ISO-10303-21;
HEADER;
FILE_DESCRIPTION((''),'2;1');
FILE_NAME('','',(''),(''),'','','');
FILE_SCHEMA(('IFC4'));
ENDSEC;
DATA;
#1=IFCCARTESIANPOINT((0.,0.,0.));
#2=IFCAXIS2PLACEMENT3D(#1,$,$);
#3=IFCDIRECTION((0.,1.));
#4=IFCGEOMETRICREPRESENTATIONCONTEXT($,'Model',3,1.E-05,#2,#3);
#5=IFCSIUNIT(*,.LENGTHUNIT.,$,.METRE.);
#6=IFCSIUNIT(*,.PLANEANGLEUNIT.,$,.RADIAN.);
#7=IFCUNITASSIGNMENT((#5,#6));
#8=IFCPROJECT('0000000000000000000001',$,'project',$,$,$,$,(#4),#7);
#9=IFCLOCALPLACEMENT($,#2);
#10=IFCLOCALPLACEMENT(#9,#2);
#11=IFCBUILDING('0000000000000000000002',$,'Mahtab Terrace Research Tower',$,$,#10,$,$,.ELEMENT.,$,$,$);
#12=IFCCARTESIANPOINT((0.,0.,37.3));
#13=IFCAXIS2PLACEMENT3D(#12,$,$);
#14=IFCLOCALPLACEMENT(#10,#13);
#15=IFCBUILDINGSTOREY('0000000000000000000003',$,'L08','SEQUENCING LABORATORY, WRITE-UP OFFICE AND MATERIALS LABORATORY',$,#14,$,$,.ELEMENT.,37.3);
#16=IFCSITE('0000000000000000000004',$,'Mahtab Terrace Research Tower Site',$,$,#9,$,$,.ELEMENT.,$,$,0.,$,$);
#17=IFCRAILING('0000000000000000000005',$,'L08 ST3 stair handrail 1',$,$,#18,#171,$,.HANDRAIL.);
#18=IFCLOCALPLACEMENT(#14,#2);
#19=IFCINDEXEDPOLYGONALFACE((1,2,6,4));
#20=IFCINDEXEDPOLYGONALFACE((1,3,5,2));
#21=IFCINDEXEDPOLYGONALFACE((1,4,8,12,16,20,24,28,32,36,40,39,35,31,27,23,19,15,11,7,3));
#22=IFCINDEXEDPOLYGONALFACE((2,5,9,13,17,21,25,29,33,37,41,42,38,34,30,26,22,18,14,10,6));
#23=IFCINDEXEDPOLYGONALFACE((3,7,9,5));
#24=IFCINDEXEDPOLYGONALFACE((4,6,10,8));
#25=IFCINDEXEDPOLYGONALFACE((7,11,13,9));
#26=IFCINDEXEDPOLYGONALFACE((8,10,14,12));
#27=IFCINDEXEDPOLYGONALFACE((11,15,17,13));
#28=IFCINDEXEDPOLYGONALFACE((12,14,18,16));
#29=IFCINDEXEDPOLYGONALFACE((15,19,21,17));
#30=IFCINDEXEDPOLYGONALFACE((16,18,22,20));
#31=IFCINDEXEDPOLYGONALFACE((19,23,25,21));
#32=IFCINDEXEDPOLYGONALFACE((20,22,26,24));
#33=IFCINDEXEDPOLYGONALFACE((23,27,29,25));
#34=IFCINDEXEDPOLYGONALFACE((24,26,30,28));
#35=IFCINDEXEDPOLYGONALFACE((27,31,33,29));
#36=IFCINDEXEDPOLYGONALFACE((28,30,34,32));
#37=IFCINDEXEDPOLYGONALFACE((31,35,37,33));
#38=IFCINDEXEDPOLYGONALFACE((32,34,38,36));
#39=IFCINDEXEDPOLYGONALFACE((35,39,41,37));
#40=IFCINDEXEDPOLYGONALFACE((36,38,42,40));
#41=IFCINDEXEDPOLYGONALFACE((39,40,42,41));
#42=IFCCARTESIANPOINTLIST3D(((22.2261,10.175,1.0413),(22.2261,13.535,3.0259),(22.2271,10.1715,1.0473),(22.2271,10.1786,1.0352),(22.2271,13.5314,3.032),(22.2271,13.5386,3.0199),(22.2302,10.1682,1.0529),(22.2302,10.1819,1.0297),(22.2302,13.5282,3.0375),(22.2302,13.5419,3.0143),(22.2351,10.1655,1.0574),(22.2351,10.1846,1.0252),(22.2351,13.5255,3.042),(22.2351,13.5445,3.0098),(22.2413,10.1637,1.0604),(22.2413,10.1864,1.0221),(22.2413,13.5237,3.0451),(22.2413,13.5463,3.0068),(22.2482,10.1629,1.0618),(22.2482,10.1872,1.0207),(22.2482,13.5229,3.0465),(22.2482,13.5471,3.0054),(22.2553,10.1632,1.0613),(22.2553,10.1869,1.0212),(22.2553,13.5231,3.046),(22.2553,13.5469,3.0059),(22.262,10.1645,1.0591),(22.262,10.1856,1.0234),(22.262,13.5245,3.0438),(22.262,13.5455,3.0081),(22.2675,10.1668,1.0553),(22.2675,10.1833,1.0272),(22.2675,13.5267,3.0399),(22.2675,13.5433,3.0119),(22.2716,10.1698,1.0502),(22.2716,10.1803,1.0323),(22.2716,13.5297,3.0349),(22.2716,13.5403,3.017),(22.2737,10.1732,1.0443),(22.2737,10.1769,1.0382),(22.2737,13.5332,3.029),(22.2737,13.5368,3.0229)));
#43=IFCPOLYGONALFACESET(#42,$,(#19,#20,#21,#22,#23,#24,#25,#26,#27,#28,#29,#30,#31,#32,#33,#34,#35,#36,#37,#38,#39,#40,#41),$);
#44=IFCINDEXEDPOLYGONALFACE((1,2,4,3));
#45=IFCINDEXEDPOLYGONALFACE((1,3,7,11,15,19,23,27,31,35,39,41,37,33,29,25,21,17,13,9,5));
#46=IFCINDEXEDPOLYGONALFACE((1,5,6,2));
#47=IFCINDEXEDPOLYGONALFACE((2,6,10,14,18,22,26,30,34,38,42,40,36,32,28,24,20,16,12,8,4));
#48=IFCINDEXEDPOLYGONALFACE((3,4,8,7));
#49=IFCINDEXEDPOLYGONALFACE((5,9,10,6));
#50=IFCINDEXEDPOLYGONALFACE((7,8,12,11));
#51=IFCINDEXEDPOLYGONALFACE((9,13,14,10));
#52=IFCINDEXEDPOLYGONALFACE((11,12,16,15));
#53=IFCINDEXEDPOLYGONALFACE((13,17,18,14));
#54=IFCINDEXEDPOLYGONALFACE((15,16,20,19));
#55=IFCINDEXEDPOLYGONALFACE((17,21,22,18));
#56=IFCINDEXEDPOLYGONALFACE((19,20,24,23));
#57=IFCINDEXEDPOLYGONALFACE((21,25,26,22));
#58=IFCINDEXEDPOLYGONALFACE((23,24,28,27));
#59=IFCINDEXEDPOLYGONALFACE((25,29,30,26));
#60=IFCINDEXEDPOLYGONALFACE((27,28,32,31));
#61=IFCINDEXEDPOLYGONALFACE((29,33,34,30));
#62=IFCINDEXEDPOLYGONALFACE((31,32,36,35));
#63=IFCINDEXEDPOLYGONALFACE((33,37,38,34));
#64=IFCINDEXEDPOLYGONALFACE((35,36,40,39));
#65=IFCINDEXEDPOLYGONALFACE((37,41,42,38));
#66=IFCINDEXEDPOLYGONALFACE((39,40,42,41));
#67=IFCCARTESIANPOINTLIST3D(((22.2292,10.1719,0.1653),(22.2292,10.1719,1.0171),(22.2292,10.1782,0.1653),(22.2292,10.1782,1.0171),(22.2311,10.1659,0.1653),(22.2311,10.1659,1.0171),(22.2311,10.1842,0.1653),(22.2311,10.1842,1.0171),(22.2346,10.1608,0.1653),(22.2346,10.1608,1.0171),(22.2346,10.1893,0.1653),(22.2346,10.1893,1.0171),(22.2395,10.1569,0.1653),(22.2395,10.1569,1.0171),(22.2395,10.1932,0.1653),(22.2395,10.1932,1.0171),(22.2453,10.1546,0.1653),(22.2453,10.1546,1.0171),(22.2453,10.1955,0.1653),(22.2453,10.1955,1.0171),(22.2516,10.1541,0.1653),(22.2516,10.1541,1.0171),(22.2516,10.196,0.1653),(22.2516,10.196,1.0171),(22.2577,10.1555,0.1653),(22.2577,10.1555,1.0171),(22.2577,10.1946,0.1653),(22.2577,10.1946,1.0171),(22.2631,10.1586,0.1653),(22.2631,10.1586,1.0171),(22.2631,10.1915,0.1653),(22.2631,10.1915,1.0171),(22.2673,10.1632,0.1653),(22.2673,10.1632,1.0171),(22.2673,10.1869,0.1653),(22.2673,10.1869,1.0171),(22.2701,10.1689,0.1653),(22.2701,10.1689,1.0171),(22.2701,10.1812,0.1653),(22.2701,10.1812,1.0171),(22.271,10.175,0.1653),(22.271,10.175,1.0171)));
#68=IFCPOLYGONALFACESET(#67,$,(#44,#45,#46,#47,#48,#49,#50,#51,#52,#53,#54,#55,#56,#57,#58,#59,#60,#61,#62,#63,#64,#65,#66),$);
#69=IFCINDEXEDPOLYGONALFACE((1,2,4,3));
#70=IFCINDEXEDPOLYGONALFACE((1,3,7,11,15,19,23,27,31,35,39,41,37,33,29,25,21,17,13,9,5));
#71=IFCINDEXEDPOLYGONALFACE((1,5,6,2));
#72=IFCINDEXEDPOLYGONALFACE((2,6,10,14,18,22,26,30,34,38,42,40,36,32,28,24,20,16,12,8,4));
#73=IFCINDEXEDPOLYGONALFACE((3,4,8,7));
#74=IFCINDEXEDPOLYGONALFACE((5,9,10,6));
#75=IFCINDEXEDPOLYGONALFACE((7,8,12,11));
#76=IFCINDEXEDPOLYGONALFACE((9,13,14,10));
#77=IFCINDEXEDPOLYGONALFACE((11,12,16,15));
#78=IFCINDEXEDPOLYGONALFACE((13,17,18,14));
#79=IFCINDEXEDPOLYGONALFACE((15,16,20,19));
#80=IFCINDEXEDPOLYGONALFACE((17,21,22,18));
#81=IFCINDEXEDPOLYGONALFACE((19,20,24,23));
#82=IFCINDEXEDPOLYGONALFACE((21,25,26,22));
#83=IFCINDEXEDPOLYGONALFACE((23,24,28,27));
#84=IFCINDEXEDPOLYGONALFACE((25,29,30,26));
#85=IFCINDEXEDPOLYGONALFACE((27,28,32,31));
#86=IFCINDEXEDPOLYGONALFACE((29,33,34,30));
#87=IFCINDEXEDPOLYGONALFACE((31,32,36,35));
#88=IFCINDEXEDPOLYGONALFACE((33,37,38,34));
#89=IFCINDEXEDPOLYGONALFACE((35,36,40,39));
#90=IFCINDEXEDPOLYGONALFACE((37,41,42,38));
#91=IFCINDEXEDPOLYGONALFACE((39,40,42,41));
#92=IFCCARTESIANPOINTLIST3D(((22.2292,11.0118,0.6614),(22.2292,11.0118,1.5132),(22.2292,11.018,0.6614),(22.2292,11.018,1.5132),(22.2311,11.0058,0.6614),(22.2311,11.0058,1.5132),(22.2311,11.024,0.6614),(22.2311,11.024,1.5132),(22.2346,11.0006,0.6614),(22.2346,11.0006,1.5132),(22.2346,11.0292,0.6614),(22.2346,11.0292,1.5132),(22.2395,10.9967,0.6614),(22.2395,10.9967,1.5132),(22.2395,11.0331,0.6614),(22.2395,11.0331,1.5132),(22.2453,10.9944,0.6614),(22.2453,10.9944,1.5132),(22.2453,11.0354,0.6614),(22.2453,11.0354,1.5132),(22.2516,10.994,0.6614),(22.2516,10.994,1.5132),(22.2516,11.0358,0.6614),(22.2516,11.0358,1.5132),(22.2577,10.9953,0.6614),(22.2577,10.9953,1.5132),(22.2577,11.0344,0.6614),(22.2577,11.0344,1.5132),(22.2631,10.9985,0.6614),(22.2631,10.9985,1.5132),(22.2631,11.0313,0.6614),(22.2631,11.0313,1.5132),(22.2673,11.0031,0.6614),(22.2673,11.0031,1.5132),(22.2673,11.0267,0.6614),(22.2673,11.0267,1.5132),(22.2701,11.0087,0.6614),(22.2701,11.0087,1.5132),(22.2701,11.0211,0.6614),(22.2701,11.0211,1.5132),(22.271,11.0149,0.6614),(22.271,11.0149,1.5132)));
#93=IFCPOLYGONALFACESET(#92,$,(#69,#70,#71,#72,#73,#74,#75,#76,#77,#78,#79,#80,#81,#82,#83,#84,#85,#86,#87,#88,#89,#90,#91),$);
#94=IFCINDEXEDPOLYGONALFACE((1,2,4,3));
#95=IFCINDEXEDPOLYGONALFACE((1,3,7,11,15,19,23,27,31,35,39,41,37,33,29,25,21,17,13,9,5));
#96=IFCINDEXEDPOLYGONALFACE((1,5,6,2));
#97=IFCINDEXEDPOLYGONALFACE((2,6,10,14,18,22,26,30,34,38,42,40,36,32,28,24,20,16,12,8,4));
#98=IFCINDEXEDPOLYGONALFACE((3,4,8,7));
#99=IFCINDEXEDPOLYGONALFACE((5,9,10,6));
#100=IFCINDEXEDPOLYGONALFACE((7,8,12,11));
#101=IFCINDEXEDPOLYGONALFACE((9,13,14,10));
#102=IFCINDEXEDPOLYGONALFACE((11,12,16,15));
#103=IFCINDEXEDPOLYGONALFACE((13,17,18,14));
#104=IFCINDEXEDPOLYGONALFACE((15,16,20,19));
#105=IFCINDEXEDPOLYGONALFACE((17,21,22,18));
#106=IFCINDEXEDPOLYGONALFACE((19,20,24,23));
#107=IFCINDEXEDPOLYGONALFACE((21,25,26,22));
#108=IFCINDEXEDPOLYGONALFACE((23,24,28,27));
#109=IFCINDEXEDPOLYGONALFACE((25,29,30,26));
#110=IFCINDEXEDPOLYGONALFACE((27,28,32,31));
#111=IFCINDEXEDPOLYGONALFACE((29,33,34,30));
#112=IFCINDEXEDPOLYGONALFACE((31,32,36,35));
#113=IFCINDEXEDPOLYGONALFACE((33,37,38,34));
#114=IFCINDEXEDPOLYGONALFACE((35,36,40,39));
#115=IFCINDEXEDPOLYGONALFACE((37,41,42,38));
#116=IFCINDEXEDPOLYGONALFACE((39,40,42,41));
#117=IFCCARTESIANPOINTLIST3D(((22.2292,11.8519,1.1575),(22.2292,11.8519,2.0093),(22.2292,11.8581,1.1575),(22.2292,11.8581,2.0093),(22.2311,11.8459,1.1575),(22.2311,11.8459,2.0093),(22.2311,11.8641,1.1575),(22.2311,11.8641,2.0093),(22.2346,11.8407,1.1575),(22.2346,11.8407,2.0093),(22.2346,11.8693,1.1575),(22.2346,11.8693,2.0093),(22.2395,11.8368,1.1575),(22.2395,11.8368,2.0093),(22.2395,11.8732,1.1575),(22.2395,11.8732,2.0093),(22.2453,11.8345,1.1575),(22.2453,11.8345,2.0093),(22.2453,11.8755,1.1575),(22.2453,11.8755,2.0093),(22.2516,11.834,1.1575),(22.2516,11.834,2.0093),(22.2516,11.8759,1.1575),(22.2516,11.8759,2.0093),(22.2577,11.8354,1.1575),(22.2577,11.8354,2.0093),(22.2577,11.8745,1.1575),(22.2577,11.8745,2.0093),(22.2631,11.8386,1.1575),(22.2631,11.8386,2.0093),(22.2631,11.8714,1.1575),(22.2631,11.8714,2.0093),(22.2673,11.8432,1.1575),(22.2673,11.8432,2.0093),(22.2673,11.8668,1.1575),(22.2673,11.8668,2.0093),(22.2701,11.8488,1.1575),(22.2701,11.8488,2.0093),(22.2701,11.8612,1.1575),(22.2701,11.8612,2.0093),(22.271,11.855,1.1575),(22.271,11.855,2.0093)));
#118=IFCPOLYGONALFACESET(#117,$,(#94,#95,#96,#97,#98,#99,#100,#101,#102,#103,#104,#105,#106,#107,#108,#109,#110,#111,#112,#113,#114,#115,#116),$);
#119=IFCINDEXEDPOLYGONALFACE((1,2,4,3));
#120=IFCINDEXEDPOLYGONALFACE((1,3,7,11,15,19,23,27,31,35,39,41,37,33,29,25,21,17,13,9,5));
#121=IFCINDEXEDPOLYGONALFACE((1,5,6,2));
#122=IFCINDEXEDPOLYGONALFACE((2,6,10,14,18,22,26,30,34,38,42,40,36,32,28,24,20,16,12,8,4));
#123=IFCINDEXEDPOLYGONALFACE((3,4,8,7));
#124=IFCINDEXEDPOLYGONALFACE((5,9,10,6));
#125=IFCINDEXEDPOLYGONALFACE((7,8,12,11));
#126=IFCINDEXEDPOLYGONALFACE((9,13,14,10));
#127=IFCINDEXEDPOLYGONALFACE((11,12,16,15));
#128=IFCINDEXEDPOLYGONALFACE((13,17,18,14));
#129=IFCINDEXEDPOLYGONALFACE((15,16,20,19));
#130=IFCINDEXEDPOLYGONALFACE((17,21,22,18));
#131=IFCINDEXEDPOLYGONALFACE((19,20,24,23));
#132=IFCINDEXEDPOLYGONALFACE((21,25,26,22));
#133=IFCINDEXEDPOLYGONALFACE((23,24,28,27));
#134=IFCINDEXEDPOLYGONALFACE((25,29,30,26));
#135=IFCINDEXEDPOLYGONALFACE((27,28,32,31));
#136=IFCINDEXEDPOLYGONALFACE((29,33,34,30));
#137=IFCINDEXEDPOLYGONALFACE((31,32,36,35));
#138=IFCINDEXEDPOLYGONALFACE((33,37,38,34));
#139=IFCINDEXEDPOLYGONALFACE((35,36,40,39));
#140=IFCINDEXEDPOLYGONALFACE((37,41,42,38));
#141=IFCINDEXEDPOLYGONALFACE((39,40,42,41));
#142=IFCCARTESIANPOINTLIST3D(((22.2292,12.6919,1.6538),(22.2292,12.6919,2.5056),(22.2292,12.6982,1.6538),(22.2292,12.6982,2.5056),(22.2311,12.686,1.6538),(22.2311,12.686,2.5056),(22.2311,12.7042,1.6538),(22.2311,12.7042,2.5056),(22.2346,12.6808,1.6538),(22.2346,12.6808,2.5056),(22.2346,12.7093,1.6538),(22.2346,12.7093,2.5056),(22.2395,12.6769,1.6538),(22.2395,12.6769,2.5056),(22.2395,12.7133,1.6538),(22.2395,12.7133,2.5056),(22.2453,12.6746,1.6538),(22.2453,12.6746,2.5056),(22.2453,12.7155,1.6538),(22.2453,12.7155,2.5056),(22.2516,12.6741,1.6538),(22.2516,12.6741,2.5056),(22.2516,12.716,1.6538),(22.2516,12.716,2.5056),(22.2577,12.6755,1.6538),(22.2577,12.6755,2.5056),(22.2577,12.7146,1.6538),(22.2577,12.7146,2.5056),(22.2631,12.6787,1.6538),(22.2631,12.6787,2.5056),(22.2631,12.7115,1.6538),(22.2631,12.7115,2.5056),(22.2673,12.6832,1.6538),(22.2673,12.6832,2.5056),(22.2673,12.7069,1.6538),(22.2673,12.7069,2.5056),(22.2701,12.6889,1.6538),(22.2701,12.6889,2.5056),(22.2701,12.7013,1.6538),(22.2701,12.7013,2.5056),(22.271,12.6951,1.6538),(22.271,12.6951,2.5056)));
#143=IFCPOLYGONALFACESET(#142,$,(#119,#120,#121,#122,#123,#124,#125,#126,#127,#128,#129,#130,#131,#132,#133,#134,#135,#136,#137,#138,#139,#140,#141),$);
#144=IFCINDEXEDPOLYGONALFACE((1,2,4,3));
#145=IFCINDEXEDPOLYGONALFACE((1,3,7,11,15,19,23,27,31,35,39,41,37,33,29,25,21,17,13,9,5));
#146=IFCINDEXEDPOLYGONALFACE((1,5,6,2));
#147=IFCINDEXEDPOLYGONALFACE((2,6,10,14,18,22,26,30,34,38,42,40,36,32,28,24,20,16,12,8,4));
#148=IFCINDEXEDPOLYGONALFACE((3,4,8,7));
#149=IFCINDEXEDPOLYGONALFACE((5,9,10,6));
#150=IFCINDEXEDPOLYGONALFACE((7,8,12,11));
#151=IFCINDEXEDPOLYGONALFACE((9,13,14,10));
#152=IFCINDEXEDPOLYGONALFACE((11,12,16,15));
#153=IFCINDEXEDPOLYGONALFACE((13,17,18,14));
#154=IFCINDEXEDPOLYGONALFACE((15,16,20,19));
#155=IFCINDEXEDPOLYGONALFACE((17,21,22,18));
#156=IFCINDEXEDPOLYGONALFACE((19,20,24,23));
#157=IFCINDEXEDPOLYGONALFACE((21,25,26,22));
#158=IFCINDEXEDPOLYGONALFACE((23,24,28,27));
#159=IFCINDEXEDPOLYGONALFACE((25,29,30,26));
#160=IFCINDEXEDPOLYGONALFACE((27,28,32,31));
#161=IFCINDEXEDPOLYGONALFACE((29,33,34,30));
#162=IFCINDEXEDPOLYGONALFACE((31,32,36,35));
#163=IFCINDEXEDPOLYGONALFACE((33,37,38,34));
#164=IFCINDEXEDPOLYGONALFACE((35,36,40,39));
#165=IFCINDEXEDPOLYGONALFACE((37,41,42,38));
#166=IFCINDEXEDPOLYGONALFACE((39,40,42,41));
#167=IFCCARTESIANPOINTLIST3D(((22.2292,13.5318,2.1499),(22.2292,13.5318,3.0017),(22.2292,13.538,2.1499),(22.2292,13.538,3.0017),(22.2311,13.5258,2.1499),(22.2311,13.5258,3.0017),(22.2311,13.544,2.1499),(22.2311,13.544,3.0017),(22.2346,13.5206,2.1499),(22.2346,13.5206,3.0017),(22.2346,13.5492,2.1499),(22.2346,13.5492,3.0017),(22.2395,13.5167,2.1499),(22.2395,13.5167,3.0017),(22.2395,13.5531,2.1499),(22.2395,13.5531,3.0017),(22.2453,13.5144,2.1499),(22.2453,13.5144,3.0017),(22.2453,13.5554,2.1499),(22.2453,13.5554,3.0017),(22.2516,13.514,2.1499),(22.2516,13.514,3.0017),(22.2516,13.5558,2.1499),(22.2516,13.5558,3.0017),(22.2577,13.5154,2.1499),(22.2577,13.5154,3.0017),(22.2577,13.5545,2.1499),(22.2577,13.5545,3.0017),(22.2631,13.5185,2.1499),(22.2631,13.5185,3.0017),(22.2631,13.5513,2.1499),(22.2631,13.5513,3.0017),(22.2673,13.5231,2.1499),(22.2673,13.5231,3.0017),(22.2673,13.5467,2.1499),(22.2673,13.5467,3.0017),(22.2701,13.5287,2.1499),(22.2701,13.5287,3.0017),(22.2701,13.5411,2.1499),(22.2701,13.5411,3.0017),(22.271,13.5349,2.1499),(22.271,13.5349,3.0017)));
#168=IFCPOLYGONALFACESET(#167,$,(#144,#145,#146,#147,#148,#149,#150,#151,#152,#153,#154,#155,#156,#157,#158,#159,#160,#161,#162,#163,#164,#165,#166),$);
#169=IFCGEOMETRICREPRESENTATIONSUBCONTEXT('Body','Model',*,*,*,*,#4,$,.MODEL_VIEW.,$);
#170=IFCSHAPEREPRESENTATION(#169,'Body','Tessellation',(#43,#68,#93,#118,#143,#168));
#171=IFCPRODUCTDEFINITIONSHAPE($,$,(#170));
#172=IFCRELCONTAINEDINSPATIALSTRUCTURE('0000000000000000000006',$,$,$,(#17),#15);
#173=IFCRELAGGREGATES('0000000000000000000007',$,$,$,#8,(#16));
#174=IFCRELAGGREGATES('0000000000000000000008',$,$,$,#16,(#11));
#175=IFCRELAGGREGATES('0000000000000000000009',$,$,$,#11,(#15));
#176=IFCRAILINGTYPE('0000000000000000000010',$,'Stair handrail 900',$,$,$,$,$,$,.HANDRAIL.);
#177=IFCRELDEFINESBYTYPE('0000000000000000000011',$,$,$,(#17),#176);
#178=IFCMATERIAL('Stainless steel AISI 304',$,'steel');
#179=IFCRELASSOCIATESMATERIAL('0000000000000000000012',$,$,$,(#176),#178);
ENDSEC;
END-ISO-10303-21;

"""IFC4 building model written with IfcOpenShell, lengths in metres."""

from ifc_helpers import new_model, si_unit, direction, frame, origin, origin_2d, place, context, subcontext, project, spatial, circle, extrude, material, type_object, element, save


model = new_model("IFC4")

# Units and contexts
model_context = context("Model", 3, precision=1e-05, world=origin(), true_north=direction((0.0, 1.0)))
body_context = subcontext(model_context, "Body", "Model", "MODEL_VIEW")
ifc_project = project(units=[si_unit("LENGTHUNIT", "METRE"), si_unit("PLANEANGLEUNIT", "RADIAN")], contexts=[model_context])

# Site, building, storey
site_placement = place(None, origin())
site = spatial("IfcSite", under=ifc_project, at=site_placement, Name="Mahtab Terrace Research Tower Site", CompositionType="ELEMENT", RefElevation=0.0)
building_placement = place(site_placement, origin())
building = spatial("IfcBuilding", under=site, at=building_placement, Name="Mahtab Terrace Research Tower", CompositionType="ELEMENT")
storey_placement = place(building_placement, frame((0.0, 0.0, 37.3)))
storey = spatial("IfcBuildingStorey", under=building, at=storey_placement, Name="L08", Description="SEQUENCING LABORATORY, WRITE-UP OFFICE AND MATERIALS LABORATORY", CompositionType="ELEMENT", Elevation=37.3)

# Shared definitions
ifc_material_1 = material(Name="Stainless steel AISI 304", Category="steel")

# Railing
railing_type_1 = type_object("IfcRailingType", Name="Stair handrail 900", PredefinedType="HANDRAIL", material=ifc_material_1)
railing_1_placement = place(storey_placement, frame((22.25, 10.175, 0.1653)))
element("IfcRailing", 1, at=railing_1_placement, inside=storey, type_object=railing_type_1, Name="L08 ST3 stair handrail 1", PredefinedType="HANDRAIL", context=body_context, shape_type="SweptSolid", body=[
    extrude(circle(Radius=0.0239, at=origin_2d()), frame((0.0, 0.0, 0.876), z_axis=(0.0, 0.861011, 0.508586), x_axis=(-1.0, 0.0, 0.0)), (0.0, 0.0, 1.0), 3.9023),
    extrude(circle(Radius=0.021, at=origin_2d()), origin(), (0.0, 0.0, 1.0), 0.8518),
    extrude(circle(Radius=0.021, at=origin_2d()), frame((0.0, 0.8398, 0.4961)), (0.0, 0.0, 1.0), 0.8518),
    extrude(circle(Radius=0.021, at=origin_2d()), frame((0.0, 1.6799, 0.9922)), (0.0, 0.0, 1.0), 0.8518),
    extrude(circle(Radius=0.021, at=origin_2d()), frame((0.0, 2.52, 1.4885)), (0.0, 0.0, 1.0), 0.8518),
    extrude(circle(Radius=0.021, at=origin_2d()), frame((0.0, 3.3599, 1.9846)), (0.0, 0.0, 1.0), 0.8518),
])

save(model, "model.ifc")
